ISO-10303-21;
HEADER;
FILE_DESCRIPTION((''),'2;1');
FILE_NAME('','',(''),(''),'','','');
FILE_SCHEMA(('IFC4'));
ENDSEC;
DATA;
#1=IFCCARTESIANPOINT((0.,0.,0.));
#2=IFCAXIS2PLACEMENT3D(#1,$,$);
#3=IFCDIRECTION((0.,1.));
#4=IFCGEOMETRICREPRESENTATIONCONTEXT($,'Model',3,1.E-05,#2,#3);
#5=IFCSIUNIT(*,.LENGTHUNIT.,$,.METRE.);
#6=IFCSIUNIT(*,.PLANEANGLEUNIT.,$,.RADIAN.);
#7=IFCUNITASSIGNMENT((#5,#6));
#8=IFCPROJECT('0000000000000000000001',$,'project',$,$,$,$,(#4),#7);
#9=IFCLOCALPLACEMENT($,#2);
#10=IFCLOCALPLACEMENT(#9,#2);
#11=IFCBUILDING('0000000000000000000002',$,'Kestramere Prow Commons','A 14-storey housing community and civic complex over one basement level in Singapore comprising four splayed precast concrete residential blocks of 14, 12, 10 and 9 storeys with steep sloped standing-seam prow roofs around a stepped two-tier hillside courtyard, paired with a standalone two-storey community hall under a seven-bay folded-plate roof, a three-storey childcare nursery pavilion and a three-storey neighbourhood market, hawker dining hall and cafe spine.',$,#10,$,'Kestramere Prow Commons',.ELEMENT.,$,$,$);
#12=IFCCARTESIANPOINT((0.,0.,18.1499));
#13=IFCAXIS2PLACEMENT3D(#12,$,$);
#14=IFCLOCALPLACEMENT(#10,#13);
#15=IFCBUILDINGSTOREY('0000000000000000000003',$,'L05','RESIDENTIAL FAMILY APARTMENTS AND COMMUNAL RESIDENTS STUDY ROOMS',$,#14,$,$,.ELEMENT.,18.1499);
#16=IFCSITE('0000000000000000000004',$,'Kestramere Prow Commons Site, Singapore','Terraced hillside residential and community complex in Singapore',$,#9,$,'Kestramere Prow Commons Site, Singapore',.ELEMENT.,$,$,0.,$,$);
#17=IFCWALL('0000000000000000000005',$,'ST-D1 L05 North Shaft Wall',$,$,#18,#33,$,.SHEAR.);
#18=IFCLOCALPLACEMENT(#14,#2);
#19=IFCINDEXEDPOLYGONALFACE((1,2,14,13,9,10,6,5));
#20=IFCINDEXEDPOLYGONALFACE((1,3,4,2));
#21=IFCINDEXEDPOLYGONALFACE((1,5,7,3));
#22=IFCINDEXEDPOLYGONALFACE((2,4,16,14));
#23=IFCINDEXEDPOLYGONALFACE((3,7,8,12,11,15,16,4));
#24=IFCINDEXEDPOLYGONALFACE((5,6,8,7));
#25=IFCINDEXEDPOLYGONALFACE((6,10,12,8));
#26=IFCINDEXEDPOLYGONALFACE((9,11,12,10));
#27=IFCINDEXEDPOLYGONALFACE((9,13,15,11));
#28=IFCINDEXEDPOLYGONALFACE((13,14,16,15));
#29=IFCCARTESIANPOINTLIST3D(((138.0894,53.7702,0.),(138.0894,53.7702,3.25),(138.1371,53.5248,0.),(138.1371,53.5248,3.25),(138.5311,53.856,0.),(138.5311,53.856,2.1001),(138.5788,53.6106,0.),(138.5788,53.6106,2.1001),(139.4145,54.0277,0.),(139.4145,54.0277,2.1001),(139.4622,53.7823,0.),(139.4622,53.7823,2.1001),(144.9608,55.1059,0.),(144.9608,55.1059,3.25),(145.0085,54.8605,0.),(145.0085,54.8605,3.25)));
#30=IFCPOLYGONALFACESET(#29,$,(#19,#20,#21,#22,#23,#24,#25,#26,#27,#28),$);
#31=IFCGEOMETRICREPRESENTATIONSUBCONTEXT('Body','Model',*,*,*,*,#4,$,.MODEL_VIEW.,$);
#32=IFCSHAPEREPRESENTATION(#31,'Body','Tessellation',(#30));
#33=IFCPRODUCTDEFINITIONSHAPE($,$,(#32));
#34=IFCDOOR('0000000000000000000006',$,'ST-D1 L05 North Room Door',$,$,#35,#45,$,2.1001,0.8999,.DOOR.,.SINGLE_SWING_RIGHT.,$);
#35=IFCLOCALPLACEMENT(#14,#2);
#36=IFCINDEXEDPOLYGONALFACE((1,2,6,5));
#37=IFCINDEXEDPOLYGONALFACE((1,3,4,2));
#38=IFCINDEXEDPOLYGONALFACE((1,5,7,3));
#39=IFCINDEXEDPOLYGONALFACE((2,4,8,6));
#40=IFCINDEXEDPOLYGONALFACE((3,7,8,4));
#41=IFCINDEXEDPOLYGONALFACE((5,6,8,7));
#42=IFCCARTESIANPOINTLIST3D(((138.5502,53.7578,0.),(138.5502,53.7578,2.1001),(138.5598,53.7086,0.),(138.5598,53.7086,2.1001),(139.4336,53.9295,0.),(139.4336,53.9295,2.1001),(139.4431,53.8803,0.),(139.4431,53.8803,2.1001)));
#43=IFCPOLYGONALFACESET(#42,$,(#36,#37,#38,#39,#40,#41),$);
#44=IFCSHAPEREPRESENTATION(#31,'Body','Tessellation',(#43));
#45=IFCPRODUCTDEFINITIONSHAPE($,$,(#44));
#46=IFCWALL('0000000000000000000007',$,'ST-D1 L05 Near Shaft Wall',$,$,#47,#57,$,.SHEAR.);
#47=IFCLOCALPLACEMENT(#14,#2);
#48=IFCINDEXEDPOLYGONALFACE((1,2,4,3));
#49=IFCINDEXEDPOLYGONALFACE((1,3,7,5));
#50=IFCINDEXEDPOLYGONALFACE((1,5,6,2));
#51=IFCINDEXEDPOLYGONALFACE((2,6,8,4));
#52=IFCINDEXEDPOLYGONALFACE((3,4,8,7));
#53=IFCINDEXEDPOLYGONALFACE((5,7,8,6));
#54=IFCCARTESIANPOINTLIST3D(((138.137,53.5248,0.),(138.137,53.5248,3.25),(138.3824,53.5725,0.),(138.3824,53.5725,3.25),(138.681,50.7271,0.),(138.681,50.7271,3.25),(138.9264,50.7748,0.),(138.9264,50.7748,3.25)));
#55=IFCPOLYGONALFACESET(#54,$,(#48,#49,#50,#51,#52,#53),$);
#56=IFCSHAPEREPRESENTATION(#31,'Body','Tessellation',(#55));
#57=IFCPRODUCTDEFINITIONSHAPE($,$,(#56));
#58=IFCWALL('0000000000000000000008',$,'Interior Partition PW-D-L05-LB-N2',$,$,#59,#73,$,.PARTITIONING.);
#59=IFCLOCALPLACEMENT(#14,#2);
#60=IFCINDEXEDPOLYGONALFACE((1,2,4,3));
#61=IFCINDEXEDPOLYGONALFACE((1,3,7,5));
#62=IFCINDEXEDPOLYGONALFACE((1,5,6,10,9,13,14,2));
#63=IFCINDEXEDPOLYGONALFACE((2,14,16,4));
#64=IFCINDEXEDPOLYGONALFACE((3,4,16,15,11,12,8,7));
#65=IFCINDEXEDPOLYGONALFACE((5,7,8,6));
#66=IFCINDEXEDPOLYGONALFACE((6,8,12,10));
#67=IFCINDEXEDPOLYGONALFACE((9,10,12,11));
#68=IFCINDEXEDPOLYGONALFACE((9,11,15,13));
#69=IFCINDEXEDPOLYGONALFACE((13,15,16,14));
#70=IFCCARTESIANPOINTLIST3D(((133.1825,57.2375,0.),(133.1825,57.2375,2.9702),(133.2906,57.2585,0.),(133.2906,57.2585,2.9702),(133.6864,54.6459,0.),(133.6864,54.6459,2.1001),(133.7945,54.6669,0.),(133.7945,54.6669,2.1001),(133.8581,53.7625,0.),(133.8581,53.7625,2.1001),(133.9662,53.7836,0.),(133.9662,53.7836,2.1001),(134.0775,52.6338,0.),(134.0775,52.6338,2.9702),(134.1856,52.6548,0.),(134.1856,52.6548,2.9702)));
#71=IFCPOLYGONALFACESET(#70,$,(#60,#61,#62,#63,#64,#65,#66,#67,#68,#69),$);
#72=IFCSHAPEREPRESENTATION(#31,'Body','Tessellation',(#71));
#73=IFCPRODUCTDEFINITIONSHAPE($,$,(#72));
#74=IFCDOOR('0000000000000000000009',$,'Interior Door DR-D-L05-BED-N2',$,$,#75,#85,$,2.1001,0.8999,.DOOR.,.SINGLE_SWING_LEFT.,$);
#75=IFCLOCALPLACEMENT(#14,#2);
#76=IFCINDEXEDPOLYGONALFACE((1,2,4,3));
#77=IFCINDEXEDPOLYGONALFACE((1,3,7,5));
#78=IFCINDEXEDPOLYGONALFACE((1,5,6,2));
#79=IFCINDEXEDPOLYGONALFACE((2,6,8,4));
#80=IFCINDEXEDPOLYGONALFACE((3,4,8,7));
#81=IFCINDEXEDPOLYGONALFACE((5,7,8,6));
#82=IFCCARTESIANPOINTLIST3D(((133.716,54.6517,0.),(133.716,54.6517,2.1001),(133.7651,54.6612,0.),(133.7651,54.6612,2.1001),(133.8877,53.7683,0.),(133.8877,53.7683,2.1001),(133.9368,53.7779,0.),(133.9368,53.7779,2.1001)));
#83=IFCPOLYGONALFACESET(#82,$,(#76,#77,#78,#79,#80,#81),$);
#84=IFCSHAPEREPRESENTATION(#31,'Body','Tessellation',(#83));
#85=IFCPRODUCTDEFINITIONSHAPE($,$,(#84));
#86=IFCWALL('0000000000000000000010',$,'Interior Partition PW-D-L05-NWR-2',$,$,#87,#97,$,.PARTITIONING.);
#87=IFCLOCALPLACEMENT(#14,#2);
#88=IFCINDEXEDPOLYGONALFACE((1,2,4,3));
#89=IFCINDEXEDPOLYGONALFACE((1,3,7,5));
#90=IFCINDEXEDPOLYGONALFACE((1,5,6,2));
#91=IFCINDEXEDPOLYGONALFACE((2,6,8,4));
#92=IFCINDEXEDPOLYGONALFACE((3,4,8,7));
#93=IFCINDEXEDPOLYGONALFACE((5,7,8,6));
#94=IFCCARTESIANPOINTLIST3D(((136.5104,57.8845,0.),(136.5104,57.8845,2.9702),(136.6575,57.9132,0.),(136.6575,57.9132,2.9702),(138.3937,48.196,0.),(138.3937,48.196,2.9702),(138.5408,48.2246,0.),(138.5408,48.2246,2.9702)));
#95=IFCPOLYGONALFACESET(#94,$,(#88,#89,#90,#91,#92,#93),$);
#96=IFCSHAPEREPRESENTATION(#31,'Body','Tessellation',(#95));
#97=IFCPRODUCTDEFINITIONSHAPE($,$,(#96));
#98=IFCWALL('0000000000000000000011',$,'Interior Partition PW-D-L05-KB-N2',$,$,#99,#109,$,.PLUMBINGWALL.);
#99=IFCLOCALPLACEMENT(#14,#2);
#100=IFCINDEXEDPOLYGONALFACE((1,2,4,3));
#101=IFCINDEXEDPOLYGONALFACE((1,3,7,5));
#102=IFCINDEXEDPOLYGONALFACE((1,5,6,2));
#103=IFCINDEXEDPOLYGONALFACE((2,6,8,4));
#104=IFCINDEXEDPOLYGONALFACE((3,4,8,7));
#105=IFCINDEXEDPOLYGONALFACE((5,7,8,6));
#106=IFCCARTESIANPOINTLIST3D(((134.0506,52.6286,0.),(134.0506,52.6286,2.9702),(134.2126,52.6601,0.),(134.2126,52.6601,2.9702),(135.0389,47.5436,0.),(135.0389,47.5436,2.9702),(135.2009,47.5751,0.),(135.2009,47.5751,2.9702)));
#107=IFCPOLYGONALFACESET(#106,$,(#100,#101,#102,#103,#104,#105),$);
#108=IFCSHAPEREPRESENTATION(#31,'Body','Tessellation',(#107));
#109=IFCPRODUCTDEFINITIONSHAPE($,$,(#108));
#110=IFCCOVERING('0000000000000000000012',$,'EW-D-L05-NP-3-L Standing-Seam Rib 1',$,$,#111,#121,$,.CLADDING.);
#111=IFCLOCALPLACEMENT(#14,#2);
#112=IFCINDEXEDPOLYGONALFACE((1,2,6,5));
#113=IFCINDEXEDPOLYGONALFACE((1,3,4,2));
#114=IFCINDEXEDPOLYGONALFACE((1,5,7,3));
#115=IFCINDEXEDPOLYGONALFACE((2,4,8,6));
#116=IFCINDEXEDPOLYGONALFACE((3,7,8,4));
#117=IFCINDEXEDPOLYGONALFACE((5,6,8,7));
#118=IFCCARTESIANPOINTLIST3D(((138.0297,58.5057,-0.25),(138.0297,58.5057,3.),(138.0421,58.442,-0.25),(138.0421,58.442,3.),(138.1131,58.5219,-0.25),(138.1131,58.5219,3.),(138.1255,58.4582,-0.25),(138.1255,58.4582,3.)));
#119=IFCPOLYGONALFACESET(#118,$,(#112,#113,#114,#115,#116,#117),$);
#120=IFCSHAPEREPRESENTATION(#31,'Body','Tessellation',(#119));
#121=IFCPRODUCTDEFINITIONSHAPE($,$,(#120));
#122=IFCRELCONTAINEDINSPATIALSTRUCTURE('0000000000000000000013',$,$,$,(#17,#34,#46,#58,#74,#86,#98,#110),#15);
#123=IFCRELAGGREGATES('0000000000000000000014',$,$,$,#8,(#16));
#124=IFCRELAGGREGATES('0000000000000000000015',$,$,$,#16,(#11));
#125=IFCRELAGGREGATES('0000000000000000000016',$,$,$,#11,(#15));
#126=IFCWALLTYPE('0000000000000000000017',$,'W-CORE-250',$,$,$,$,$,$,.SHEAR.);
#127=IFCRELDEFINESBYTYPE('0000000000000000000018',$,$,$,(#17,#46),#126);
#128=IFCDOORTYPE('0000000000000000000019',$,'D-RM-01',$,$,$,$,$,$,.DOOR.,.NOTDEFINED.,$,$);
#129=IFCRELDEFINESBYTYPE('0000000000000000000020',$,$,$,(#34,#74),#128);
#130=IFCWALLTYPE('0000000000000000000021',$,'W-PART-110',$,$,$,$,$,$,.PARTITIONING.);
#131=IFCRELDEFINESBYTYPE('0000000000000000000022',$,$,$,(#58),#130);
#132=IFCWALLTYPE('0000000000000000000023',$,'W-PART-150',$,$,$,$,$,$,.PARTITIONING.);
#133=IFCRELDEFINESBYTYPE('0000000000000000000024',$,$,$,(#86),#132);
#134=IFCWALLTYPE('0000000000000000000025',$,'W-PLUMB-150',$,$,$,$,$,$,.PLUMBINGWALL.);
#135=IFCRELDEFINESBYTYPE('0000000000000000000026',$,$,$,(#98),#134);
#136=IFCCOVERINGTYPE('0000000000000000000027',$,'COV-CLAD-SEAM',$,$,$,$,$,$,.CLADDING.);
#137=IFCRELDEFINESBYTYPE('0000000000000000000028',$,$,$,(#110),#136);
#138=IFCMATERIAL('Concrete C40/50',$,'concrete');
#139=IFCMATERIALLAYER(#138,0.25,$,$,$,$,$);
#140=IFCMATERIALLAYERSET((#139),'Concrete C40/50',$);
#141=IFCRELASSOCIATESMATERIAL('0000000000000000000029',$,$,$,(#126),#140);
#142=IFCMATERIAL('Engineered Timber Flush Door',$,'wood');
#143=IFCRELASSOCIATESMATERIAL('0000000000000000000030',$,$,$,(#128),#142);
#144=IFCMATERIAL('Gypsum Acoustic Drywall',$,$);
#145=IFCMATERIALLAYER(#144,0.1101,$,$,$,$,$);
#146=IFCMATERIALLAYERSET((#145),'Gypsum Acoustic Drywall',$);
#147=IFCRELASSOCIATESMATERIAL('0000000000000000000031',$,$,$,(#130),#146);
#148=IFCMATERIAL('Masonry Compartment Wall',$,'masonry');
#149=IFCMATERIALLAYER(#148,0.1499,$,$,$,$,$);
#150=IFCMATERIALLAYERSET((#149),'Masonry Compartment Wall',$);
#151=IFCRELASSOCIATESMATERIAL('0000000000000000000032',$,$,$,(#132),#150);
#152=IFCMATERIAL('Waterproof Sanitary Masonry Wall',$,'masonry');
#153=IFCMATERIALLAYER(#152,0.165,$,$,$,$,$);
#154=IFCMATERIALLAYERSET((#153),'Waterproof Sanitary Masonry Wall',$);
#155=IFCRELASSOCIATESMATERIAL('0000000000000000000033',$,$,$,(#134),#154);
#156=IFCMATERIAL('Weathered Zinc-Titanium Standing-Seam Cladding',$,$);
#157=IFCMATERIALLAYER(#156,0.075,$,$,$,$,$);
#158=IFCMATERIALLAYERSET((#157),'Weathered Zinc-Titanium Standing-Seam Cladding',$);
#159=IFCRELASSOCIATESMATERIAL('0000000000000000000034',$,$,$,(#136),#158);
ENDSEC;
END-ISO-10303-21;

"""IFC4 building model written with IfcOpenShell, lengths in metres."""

from ifc_helpers import new_model, si_unit, direction, frame, frame_2d, origin, origin_2d, place, context, subcontext, project, spatial, rectangle, extrude, material, layer, layer_set, type_object, element, fill, save


model = new_model("IFC4")

# Units and contexts
model_context = context("Model", 3, precision=1e-05, world=origin(), true_north=direction((0.0, 1.0)))
body_context = subcontext(model_context, "Body", "Model", "MODEL_VIEW")
ifc_project = project(units=[si_unit("LENGTHUNIT", "METRE"), si_unit("PLANEANGLEUNIT", "RADIAN")], contexts=[model_context])

# Site, building, storey
site_placement = place(None, origin())
site = spatial("IfcSite", under=ifc_project, at=site_placement, Name="Kestramere Prow Commons Site, Singapore", Description="Terraced hillside residential and community complex in Singapore", LongName="Kestramere Prow Commons Site, Singapore", CompositionType="ELEMENT", RefElevation=0.0)
building_placement = place(site_placement, origin())
building = spatial("IfcBuilding", under=site, at=building_placement, Name="Kestramere Prow Commons", Description="A 14-storey housing community and civic complex over one basement level in Singapore comprising four splayed precast concrete residential blocks of 14, 12, 10 and 9 storeys with steep sloped standing-seam prow roofs around a stepped two-tier hillside courtyard, paired with a standalone two-storey community hall under a seven-bay folded-plate roof, a three-storey childcare nursery pavilion and a three-storey neighbourhood market, hawker dining hall and cafe spine.", LongName="Kestramere Prow Commons", CompositionType="ELEMENT")
storey_placement = place(building_placement, frame((0.0, 0.0, 18.1499)))
storey = spatial("IfcBuildingStorey", under=building, at=storey_placement, Name="L05", Description="RESIDENTIAL FAMILY APARTMENTS AND COMMUNAL RESIDENTS STUDY ROOMS", CompositionType="ELEMENT", Elevation=18.1499)

# Wall, opening, door
ifc_material_1 = material(Name="Concrete C40/50", Category="concrete")
ifc_layer_1 = layer(ifc_material_1, 0.25)
ifc_layer_set_1 = layer_set([ifc_layer_1], Name="Concrete C40/50")
wall_type_1 = type_object("IfcWallType", Name="W-CORE-250", PredefinedType="SHEAR", material=ifc_layer_set_1)
wall_1_placement = place(storey_placement, frame((138.1133, 53.6475, 0.0), z_axis=(0.0, 0.0, 1.0), x_axis=(0.981626, 0.190815, 0.0)))
wall_1 = element("IfcWall", 1, at=wall_1_placement, inside=storey, type_object=wall_type_1, Name="ST-D1 L05 North Shaft Wall", PredefinedType="SHEAR", context=body_context, shape_type="SweptSolid", body=[
    extrude(rectangle(XDim=7.0, YDim=0.25, at=frame_2d((3.5, 0.0))), origin(), (0.0, 0.0, 1.0), 3.25),
])
opening_1_placement = place(wall_1_placement, frame((0.45, 0.0, 0.0)))
opening_1 = element("IfcOpeningElement", 2, at=opening_1_placement, cuts=wall_1, PredefinedType="OPENING", context=body_context, shape_type="SweptSolid", body=[
    extrude(rectangle(XDim=0.8999, YDim=2.1001, at=frame_2d((0.45, 1.05))), frame((0.0, 0.1399, 0.0), z_axis=(0.0, -1.0, 0.0), x_axis=(1.0, 0.0, 0.0)), (0.0, 0.0, 1.0), 0.28),
])
ifc_material_2 = material(Name="Engineered Timber Flush Door", Category="wood")
door_type_1 = type_object("IfcDoorType", Name="D-RM-01", OperationType="NOTDEFINED", PredefinedType="DOOR", material=ifc_material_2)
door_1_placement = place(opening_1_placement, origin())
door_1 = element("IfcDoor", 3, at=door_1_placement, inside=storey, type_object=door_type_1, Name="ST-D1 L05 North Room Door", OperationType="SINGLE_SWING_RIGHT", OverallHeight=2.1001, OverallWidth=0.8999, PredefinedType="DOOR", context=body_context, shape_type="SweptSolid", body=[
    extrude(rectangle(XDim=0.8999, YDim=2.1001, at=frame_2d((0.45, 1.05))), frame((0.0, 0.0249, 0.0), z_axis=(0.0, -1.0, 0.0), x_axis=(1.0, 0.0, 0.0)), (0.0, 0.0, 1.0), 0.05),
])
fill(opening_1, door_1)

# Wall
wall_2_placement = place(storey_placement, frame((138.8037, 50.751, 0.0), z_axis=(0.0, 0.0, 1.0), x_axis=(-0.190858, 0.981618, 0.0)))
element("IfcWall", 4, at=wall_2_placement, inside=storey, type_object=wall_type_1, Name="ST-D1 L05 Near Shaft Wall", PredefinedType="SHEAR", context=body_context, shape_type="SweptSolid", body=[
    extrude(rectangle(XDim=2.8501, YDim=0.25, at=frame_2d((1.425, 0.0))), origin(), (0.0, 0.0, 1.0), 3.25),
])

# Wall, opening, door
ifc_material_3 = material(Name="Gypsum Acoustic Drywall")
ifc_layer_2 = layer(ifc_material_3, 0.1101)
ifc_layer_set_2 = layer_set([ifc_layer_2], Name="Gypsum Acoustic Drywall")
wall_type_2 = type_object("IfcWallType", Name="W-PART-110", PredefinedType="PARTITIONING", material=ifc_layer_set_2)
wall_3_placement = place(storey_placement, frame((134.1316, 52.6443, 0.0), z_axis=(0.0, 0.0, 1.0), x_axis=(-0.190838, 0.981622, 0.0)))
wall_3 = element("IfcWall", 5, at=wall_3_placement, inside=storey, type_object=wall_type_2, Name="Interior Partition PW-D-L05-LB-N2", PredefinedType="PARTITIONING", context=body_context, shape_type="SweptSolid", body=[
    extrude(rectangle(XDim=4.6899, YDim=0.1101, at=frame_2d((2.345, 0.0))), origin(), (0.0, 0.0, 1.0), 2.9702),
])
opening_2_placement = place(wall_3_placement, frame((1.1499, 0.0, 0.0)))
opening_2 = element("IfcOpeningElement", 6, at=opening_2_placement, cuts=wall_3, PredefinedType="OPENING", context=body_context, shape_type="SweptSolid", body=[
    extrude(rectangle(XDim=0.8999, YDim=2.1001, at=frame_2d((0.45, 1.05))), frame((0.0, 0.0701, 0.0), z_axis=(0.0, -1.0, 0.0), x_axis=(1.0, 0.0, 0.0)), (0.0, 0.0, 1.0), 0.1401),
])
door_2_placement = place(opening_2_placement, origin())
door_2 = element("IfcDoor", 7, at=door_2_placement, inside=storey, type_object=door_type_1, Name="Interior Door DR-D-L05-BED-N2", OperationType="SINGLE_SWING_LEFT", OverallHeight=2.1001, OverallWidth=0.8999, PredefinedType="DOOR", context=body_context, shape_type="SweptSolid", body=[
    extrude(rectangle(XDim=0.8999, YDim=2.1001, at=frame_2d((0.45, 1.05))), frame((0.0, 0.0249, 0.0), z_axis=(0.0, -1.0, 0.0), x_axis=(1.0, 0.0, 0.0)), (0.0, 0.0, 1.0), 0.05),
])
fill(opening_2, door_2)

# Walls
ifc_material_4 = material(Name="Masonry Compartment Wall", Category="masonry")
ifc_layer_3 = layer(ifc_material_4, 0.1499)
ifc_layer_set_3 = layer_set([ifc_layer_3], Name="Masonry Compartment Wall")
wall_type_3 = type_object("IfcWallType", Name="W-PART-150", PredefinedType="PARTITIONING", material=ifc_layer_set_3)
wall_4_placement = place(storey_placement, frame((138.4673, 48.2102, 0.0), z_axis=(0.0, 0.0, 1.0), x_axis=(-0.190814, 0.981626, 0.0)))
element("IfcWall", 8, at=wall_4_placement, inside=storey, type_object=wall_type_3, Name="Interior Partition PW-D-L05-NWR-2", PredefinedType="PARTITIONING", context=body_context, shape_type="SweptSolid", body=[
    extrude(rectangle(XDim=9.8699, YDim=0.1499, at=frame_2d((4.9351, 0.0))), origin(), (0.0, 0.0, 1.0), 2.9702),
])
ifc_material_5 = material(Name="Waterproof Sanitary Masonry Wall", Category="masonry")
ifc_layer_4 = layer(ifc_material_5, 0.165)
ifc_layer_set_4 = layer_set([ifc_layer_4], Name="Waterproof Sanitary Masonry Wall")
wall_type_4 = type_object("IfcWallType", Name="W-PLUMB-150", PredefinedType="PLUMBINGWALL", material=ifc_layer_set_4)
wall_5_placement = place(storey_placement, frame((135.1199, 47.5593, 0.0), z_axis=(0.0, 0.0, 1.0), x_axis=(-0.190784, 0.981632, 0.0)))
element("IfcWall", 9, at=wall_5_placement, inside=storey, type_object=wall_type_4, Name="Interior Partition PW-D-L05-KB-N2", PredefinedType="PLUMBINGWALL", context=body_context, shape_type="SweptSolid", body=[
    extrude(rectangle(XDim=5.1802, YDim=0.165, at=frame_2d((2.5901, 0.0))), origin(), (0.0, 0.0, 1.0), 2.9702),
])

# Covering
ifc_material_6 = material(Name="Weathered Zinc-Titanium Standing-Seam Cladding")
ifc_layer_5 = layer(ifc_material_6, 0.075)
ifc_layer_set_5 = layer_set([ifc_layer_5], Name="Weathered Zinc-Titanium Standing-Seam Cladding")
covering_type = type_object("IfcCoveringType", Name="COV-CLAD-SEAM", PredefinedType="CLADDING", material=ifc_layer_set_5)
covering_placement = place(storey_placement, frame((138.0776, 58.4819, -0.25), z_axis=(0.0, 0.0, 1.0), x_axis=(0.981627, 0.190809, 0.0)))
element("IfcCovering", 10, at=covering_placement, inside=storey, type_object=covering_type, Name="EW-D-L05-NP-3-L Standing-Seam Rib 1", PredefinedType="CLADDING", context=body_context, shape_type="SweptSolid", body=[
    extrude(rectangle(XDim=0.085, YDim=0.0649, at=origin_2d()), origin(), (0.0, 0.0, 1.0), 3.25),
])

save(model, "model.ifc")
